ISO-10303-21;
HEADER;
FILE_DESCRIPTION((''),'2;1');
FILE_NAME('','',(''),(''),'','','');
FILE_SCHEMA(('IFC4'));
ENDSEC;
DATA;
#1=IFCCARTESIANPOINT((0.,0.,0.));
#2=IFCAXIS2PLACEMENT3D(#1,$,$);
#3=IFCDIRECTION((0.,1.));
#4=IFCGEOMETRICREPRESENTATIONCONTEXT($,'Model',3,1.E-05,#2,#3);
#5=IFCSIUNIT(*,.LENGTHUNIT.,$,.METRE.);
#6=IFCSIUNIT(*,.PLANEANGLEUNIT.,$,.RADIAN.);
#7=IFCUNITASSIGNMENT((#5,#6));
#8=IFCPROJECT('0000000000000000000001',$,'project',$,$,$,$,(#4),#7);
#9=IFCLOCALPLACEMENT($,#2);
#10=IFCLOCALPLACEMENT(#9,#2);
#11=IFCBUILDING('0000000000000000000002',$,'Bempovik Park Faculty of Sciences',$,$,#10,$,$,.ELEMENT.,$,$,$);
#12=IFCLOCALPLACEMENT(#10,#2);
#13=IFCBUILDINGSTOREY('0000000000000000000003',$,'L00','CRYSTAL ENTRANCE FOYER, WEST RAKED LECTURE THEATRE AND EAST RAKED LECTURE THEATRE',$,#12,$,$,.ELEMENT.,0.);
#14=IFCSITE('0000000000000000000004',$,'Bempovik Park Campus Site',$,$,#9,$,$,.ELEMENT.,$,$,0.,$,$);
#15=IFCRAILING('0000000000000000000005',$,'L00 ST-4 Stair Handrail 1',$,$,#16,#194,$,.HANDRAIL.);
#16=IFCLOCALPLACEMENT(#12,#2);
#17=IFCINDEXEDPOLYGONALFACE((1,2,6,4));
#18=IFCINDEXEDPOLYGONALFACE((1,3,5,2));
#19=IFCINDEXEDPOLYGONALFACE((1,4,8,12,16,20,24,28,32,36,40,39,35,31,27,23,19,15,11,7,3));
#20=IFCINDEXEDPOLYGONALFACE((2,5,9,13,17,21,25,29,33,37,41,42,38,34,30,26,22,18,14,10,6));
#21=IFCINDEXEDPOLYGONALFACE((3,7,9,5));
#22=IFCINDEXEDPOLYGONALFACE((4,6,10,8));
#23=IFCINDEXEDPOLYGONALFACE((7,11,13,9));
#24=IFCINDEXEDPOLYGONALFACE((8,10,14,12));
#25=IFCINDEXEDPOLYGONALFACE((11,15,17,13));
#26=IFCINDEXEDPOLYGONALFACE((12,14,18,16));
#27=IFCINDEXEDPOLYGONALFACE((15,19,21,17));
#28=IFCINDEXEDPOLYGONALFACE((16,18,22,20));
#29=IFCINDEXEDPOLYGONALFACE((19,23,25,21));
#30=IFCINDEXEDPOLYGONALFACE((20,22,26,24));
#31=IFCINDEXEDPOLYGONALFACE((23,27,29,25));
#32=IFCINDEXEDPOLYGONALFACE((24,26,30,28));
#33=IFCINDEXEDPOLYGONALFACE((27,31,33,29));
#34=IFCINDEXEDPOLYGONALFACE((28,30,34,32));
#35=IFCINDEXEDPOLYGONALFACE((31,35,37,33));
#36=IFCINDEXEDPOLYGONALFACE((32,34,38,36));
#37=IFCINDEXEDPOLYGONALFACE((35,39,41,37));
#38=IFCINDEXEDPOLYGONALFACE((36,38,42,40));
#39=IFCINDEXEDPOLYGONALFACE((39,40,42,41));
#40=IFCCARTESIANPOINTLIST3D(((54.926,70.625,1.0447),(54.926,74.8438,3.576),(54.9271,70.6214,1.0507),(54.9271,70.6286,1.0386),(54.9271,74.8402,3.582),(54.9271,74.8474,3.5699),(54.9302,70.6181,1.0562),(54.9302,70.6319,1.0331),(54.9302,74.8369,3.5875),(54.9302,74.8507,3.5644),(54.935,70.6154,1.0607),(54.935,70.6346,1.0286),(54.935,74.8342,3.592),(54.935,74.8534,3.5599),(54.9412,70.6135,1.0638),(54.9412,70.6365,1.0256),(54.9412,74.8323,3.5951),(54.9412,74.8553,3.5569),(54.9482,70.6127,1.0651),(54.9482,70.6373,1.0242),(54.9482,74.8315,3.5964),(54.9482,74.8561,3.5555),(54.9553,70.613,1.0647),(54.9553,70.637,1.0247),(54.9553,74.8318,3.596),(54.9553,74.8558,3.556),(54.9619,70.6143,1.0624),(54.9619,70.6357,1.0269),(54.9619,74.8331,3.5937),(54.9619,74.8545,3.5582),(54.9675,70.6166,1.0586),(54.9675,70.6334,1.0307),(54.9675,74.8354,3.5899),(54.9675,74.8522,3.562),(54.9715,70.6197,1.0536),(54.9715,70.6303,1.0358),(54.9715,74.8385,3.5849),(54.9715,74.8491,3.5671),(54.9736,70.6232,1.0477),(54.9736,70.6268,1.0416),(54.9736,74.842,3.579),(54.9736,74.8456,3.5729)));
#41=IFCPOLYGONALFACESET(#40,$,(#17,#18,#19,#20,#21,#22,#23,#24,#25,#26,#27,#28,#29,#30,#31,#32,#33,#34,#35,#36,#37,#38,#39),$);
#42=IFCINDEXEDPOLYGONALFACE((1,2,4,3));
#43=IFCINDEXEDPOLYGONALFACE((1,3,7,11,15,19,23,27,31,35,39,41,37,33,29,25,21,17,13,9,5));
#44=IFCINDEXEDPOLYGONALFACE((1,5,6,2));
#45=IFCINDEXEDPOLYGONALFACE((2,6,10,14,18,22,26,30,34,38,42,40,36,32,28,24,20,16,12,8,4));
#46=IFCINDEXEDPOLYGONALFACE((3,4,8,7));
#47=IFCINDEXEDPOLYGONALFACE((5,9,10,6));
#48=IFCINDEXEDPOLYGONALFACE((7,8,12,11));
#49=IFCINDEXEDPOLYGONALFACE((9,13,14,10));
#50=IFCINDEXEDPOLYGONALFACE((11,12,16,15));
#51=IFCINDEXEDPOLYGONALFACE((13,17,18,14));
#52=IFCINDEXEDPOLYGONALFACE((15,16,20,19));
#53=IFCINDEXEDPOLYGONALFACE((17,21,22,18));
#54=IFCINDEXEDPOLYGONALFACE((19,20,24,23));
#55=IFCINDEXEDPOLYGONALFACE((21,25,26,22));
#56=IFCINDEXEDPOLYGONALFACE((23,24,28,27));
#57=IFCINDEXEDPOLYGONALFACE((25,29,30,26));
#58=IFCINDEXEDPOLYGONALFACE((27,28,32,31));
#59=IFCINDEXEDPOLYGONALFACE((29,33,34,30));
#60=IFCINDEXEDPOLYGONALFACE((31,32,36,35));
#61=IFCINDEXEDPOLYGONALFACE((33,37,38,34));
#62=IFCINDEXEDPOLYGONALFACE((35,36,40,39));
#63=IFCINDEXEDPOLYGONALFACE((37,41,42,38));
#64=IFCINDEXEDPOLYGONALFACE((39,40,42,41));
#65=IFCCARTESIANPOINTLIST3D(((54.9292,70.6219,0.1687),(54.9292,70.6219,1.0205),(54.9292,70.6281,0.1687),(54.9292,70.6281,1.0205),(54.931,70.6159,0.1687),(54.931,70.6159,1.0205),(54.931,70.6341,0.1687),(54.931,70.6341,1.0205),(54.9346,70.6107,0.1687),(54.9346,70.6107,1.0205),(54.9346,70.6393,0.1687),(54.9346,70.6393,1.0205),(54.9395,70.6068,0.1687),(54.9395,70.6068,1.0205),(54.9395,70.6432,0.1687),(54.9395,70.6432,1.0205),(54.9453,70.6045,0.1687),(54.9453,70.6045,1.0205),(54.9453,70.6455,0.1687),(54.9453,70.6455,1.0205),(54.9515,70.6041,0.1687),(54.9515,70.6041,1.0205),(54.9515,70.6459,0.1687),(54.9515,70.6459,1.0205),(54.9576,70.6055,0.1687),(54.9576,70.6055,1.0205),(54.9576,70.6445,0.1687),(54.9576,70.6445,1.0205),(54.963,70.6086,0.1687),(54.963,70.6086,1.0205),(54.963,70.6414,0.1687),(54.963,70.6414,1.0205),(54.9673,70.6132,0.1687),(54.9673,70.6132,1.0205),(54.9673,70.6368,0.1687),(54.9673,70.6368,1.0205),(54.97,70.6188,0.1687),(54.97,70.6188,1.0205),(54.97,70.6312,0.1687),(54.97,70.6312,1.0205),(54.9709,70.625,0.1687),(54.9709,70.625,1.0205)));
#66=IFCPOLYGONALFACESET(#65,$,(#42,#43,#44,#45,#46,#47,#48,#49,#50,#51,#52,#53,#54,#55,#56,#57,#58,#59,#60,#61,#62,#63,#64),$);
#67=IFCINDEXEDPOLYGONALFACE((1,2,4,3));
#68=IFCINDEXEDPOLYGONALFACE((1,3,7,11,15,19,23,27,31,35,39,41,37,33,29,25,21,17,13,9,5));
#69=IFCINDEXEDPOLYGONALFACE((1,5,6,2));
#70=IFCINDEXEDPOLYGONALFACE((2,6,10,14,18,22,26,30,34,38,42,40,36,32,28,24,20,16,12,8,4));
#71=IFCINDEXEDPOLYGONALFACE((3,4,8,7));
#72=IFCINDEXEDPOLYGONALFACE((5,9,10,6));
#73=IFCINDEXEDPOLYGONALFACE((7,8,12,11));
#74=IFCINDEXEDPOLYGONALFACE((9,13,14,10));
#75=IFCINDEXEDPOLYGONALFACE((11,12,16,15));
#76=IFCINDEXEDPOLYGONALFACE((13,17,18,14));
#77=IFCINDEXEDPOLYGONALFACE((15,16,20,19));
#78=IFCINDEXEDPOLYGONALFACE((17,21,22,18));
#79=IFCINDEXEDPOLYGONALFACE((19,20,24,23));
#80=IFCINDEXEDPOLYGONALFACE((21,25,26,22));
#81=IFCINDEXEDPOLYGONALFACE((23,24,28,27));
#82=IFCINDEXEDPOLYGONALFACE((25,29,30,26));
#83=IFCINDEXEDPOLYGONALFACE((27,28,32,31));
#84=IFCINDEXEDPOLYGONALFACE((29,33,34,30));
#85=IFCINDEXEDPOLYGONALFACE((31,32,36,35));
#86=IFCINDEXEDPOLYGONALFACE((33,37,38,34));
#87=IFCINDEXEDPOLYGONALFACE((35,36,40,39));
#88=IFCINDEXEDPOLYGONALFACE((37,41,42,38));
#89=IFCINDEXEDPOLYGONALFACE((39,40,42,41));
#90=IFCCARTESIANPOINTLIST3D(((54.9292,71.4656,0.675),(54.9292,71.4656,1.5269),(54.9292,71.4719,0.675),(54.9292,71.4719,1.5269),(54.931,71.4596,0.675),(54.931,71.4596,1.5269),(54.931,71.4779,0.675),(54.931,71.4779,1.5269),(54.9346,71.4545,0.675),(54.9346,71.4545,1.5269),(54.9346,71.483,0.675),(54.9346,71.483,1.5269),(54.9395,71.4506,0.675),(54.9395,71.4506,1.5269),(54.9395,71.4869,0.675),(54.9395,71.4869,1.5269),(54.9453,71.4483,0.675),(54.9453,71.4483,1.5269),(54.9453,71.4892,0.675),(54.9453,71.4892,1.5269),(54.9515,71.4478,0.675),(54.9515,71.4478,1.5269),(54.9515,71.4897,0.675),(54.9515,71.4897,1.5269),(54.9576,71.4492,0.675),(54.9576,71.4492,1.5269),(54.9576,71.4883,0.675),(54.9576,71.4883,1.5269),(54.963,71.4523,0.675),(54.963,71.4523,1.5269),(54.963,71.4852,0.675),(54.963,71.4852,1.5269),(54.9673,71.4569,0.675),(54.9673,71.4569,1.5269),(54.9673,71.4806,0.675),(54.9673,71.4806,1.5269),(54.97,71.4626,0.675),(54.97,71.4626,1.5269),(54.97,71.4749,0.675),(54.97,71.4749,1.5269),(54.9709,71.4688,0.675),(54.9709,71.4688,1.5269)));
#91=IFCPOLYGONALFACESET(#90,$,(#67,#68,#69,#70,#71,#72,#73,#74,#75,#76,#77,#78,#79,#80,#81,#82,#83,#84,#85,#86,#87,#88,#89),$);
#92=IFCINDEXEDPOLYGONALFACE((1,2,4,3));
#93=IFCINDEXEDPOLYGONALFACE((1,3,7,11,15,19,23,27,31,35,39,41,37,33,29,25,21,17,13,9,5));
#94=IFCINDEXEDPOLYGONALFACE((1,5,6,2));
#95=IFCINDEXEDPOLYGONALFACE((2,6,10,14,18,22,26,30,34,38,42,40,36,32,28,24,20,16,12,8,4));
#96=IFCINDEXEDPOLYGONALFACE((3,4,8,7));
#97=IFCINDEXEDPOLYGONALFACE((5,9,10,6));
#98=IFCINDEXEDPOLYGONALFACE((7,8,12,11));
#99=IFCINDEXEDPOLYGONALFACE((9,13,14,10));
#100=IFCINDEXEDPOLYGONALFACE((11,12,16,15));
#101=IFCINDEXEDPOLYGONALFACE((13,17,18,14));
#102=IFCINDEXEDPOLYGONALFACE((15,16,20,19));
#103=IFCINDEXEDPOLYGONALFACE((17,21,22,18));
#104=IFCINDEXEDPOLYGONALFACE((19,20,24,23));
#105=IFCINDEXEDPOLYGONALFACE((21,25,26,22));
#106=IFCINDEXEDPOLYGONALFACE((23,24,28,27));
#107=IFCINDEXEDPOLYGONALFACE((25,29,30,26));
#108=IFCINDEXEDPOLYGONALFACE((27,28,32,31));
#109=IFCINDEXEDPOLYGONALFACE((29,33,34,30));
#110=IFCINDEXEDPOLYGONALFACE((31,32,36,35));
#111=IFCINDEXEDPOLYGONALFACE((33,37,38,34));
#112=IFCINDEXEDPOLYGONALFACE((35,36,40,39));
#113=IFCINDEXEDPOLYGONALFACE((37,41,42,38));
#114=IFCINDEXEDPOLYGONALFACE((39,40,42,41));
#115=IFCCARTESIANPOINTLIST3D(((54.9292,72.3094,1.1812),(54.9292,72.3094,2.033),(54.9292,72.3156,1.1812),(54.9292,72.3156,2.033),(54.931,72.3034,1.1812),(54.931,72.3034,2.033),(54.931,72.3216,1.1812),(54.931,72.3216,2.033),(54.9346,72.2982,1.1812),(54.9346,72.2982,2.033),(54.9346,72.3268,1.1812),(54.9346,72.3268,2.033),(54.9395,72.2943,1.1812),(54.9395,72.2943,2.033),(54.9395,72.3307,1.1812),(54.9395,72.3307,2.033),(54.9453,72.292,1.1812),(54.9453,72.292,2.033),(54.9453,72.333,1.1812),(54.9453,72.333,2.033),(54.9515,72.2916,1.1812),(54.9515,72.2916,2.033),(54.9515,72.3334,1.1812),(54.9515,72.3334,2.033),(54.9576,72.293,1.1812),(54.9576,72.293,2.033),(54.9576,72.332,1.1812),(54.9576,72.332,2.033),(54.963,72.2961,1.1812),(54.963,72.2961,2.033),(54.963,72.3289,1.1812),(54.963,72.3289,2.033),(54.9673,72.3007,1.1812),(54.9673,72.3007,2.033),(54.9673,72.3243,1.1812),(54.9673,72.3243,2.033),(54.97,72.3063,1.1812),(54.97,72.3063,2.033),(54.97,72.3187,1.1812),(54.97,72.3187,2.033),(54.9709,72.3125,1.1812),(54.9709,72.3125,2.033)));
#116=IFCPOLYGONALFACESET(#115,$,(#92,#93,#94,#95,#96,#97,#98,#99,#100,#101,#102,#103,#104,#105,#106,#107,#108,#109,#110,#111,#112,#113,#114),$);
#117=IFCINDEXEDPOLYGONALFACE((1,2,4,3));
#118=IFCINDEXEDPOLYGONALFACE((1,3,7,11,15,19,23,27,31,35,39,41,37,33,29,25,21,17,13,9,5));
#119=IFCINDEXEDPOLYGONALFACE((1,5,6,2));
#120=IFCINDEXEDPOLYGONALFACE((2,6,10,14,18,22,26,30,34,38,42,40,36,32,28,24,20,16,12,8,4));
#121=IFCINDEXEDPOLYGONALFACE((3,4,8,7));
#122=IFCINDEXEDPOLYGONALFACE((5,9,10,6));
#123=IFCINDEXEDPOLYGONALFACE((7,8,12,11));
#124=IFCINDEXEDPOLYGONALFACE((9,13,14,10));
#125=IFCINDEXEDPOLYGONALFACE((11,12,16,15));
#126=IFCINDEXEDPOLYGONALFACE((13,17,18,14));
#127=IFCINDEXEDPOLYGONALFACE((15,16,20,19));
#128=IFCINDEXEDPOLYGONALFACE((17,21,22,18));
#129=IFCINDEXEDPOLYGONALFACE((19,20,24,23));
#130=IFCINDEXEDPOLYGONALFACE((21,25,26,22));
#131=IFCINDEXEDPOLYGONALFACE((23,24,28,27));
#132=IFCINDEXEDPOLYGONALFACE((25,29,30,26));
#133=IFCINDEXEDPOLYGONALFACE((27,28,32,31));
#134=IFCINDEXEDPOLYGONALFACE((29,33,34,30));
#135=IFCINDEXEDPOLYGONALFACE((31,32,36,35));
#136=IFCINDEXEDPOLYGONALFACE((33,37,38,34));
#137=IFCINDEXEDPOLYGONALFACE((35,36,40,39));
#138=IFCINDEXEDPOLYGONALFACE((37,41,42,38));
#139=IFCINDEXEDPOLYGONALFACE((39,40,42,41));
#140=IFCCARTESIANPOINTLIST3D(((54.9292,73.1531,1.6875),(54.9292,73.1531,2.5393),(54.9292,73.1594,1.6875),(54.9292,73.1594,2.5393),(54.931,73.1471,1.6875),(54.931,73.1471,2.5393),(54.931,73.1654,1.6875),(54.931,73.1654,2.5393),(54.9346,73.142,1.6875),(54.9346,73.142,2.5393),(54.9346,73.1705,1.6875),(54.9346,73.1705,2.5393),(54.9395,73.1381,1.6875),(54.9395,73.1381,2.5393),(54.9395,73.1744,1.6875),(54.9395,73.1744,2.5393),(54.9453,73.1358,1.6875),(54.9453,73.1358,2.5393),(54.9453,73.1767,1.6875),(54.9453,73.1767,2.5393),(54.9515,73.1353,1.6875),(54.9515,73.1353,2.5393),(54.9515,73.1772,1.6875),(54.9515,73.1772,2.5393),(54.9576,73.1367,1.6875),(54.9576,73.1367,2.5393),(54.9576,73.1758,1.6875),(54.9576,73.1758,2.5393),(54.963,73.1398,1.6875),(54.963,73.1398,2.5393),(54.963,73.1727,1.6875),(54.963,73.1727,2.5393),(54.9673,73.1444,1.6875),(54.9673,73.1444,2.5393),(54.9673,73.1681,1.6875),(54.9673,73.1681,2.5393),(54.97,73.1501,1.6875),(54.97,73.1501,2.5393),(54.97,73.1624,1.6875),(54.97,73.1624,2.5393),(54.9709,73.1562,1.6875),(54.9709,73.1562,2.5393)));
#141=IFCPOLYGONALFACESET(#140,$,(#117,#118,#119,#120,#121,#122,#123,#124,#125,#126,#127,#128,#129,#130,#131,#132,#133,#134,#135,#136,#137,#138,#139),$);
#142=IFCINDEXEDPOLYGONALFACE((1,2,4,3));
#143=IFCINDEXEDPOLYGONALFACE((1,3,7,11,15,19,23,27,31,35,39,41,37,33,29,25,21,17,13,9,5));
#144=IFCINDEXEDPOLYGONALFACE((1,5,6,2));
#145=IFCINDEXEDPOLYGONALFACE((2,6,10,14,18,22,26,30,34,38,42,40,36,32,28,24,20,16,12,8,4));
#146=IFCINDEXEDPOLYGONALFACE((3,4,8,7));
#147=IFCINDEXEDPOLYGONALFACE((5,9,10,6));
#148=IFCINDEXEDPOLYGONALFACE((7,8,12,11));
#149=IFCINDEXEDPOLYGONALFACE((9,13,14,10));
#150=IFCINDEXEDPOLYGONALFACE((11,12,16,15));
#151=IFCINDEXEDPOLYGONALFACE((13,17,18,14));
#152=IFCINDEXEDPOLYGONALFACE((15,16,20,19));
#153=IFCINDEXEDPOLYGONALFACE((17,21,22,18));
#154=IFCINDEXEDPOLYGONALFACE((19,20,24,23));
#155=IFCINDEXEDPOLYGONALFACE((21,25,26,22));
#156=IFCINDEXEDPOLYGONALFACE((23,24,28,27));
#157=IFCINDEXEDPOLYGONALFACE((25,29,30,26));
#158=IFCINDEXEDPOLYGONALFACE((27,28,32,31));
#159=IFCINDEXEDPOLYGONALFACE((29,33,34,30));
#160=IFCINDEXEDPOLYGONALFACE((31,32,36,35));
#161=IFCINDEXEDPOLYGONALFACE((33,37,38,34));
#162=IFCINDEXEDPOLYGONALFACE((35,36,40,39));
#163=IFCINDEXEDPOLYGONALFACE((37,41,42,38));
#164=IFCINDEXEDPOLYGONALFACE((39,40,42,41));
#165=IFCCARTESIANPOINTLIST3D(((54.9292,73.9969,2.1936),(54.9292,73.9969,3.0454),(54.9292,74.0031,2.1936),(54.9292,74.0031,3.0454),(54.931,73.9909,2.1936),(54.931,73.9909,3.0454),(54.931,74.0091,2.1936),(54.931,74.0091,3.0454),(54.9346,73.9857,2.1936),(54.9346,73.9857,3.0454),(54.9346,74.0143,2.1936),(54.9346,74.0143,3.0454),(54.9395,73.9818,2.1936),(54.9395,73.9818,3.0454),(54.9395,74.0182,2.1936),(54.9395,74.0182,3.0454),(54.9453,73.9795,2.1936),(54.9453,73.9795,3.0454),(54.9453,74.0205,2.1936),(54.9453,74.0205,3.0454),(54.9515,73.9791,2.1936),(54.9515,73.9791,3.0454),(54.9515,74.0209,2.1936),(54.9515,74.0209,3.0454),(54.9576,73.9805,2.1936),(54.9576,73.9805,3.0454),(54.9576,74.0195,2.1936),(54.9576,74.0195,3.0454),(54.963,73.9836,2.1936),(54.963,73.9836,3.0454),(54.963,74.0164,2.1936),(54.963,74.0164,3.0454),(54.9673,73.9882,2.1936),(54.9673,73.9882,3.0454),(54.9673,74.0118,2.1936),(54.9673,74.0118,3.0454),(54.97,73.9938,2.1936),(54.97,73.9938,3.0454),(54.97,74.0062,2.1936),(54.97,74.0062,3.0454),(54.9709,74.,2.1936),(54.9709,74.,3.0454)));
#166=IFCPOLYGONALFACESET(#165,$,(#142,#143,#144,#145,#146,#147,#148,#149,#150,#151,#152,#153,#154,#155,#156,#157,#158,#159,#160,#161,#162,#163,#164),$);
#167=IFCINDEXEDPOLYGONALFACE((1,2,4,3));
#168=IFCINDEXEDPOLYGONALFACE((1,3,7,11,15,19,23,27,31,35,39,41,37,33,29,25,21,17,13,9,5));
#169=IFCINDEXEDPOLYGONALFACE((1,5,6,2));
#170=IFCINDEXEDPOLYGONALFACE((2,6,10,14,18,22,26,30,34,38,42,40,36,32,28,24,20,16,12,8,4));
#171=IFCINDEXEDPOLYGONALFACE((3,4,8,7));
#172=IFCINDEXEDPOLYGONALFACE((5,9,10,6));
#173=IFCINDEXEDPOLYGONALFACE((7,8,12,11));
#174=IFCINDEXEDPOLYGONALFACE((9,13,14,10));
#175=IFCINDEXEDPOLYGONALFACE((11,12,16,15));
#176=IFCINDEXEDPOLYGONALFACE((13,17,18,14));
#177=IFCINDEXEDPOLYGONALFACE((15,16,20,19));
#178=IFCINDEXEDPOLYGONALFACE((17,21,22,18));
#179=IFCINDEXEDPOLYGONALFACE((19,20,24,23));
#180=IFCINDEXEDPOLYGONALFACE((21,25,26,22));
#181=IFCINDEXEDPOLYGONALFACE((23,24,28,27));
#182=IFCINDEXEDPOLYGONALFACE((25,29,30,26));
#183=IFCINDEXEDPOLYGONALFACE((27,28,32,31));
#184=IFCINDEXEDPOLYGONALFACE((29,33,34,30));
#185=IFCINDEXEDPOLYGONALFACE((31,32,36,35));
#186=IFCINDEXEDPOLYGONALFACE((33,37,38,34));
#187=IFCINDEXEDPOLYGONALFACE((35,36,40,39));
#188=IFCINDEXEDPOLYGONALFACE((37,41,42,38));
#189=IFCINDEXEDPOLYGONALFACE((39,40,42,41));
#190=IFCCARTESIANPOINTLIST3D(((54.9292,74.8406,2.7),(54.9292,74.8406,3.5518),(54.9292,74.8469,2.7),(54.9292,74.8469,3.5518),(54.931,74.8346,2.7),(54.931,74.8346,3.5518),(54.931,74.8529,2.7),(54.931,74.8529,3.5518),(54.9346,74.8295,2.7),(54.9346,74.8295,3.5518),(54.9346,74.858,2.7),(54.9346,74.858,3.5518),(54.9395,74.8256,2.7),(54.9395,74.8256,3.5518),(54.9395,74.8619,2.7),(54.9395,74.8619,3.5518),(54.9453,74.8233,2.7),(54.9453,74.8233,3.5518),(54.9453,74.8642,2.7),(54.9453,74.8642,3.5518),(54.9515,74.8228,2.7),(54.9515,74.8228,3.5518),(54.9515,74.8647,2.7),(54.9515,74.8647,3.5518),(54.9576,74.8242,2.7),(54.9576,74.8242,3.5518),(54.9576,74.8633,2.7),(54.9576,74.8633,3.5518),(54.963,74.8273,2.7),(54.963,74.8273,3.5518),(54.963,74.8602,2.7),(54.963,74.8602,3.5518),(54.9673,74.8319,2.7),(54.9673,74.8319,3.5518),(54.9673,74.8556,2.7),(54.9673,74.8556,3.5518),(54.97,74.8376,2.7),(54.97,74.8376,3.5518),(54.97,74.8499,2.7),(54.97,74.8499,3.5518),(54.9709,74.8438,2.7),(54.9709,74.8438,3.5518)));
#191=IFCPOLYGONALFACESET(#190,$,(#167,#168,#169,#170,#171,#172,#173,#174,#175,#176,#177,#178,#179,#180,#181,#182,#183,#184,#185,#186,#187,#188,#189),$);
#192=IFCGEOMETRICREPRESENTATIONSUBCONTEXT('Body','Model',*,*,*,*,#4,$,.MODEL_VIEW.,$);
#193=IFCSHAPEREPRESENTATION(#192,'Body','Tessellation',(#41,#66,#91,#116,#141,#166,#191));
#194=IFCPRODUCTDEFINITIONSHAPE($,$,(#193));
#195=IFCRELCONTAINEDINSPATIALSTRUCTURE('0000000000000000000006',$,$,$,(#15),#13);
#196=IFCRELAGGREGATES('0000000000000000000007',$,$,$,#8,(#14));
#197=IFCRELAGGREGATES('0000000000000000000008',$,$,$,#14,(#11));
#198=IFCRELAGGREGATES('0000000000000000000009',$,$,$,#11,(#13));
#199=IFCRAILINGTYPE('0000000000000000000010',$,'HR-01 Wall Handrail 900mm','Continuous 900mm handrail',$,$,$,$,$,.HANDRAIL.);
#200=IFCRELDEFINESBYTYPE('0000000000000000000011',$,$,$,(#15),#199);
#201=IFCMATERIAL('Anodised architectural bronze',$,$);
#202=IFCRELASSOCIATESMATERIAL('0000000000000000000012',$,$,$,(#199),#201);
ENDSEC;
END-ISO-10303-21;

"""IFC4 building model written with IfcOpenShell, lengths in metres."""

from ifc_helpers import new_model, si_unit, direction, frame, origin, origin_2d, place, context, subcontext, project, spatial, circle, extrude, material, type_object, element, save


model = new_model("IFC4")

# Units and contexts
model_context = context("Model", 3, precision=1e-05, world=origin(), true_north=direction((0.0, 1.0)))
body_context = subcontext(model_context, "Body", "Model", "MODEL_VIEW")
ifc_project = project(units=[si_unit("LENGTHUNIT", "METRE"), si_unit("PLANEANGLEUNIT", "RADIAN")], contexts=[model_context])

# Site, building, storey
site_placement = place(None, origin())
site = spatial("IfcSite", under=ifc_project, at=site_placement, Name="Bempovik Park Campus Site", CompositionType="ELEMENT", RefElevation=0.0)
building_placement = place(site_placement, origin())
building = spatial("IfcBuilding", under=site, at=building_placement, Name="Bempovik Park Faculty of Sciences", CompositionType="ELEMENT")
storey_placement = place(building_placement, origin())
storey = spatial("IfcBuildingStorey", under=building, at=storey_placement, Name="L00", Description="CRYSTAL ENTRANCE FOYER, WEST RAKED LECTURE THEATRE AND EAST RAKED LECTURE THEATRE", CompositionType="ELEMENT", Elevation=0.0)

# Railing
ifc_material_1 = material(Name="Anodised architectural bronze")
railing_type_1 = type_object("IfcRailingType", Name="HR-01 Wall Handrail 900mm", Description="Continuous 900mm handrail", PredefinedType="HANDRAIL", material=ifc_material_1)
railing_1_placement = place(storey_placement, frame((54.95, 70.625, 0.1687)))
element("IfcRailing", 1, at=railing_1_placement, inside=storey, type_object=railing_type_1, Name="L00 ST-4 Stair Handrail 1", PredefinedType="HANDRAIL", context=body_context, shape_type="SweptSolid", body=[
    extrude(circle(Radius=0.0239, at=origin_2d()), frame((0.0, 0.0, 0.876), z_axis=(0.0, 0.857493, 0.514496), x_axis=(-1.0, 0.0, 0.0)), (0.0, 0.0, 1.0), 4.9199),
    extrude(circle(Radius=0.021, at=origin_2d()), origin(), (0.0, 0.0, 1.0), 0.8518),
    extrude(circle(Radius=0.021, at=origin_2d()), frame((0.0, 0.8438, 0.5063)), (0.0, 0.0, 1.0), 0.8518),
    extrude(circle(Radius=0.021, at=origin_2d()), frame((0.0, 1.6875, 1.0125)), (0.0, 0.0, 1.0), 0.8518),
    extrude(circle(Radius=0.021, at=origin_2d()), frame((0.0, 2.5312, 1.5188)), (0.0, 0.0, 1.0), 0.8518),
    extrude(circle(Radius=0.021, at=origin_2d()), frame((0.0, 3.375, 2.0249)), (0.0, 0.0, 1.0), 0.8518),
    extrude(circle(Radius=0.021, at=origin_2d()), frame((0.0, 4.2188, 2.5312)), (0.0, 0.0, 1.0), 0.8518),
])

save(model, "model.ifc")
